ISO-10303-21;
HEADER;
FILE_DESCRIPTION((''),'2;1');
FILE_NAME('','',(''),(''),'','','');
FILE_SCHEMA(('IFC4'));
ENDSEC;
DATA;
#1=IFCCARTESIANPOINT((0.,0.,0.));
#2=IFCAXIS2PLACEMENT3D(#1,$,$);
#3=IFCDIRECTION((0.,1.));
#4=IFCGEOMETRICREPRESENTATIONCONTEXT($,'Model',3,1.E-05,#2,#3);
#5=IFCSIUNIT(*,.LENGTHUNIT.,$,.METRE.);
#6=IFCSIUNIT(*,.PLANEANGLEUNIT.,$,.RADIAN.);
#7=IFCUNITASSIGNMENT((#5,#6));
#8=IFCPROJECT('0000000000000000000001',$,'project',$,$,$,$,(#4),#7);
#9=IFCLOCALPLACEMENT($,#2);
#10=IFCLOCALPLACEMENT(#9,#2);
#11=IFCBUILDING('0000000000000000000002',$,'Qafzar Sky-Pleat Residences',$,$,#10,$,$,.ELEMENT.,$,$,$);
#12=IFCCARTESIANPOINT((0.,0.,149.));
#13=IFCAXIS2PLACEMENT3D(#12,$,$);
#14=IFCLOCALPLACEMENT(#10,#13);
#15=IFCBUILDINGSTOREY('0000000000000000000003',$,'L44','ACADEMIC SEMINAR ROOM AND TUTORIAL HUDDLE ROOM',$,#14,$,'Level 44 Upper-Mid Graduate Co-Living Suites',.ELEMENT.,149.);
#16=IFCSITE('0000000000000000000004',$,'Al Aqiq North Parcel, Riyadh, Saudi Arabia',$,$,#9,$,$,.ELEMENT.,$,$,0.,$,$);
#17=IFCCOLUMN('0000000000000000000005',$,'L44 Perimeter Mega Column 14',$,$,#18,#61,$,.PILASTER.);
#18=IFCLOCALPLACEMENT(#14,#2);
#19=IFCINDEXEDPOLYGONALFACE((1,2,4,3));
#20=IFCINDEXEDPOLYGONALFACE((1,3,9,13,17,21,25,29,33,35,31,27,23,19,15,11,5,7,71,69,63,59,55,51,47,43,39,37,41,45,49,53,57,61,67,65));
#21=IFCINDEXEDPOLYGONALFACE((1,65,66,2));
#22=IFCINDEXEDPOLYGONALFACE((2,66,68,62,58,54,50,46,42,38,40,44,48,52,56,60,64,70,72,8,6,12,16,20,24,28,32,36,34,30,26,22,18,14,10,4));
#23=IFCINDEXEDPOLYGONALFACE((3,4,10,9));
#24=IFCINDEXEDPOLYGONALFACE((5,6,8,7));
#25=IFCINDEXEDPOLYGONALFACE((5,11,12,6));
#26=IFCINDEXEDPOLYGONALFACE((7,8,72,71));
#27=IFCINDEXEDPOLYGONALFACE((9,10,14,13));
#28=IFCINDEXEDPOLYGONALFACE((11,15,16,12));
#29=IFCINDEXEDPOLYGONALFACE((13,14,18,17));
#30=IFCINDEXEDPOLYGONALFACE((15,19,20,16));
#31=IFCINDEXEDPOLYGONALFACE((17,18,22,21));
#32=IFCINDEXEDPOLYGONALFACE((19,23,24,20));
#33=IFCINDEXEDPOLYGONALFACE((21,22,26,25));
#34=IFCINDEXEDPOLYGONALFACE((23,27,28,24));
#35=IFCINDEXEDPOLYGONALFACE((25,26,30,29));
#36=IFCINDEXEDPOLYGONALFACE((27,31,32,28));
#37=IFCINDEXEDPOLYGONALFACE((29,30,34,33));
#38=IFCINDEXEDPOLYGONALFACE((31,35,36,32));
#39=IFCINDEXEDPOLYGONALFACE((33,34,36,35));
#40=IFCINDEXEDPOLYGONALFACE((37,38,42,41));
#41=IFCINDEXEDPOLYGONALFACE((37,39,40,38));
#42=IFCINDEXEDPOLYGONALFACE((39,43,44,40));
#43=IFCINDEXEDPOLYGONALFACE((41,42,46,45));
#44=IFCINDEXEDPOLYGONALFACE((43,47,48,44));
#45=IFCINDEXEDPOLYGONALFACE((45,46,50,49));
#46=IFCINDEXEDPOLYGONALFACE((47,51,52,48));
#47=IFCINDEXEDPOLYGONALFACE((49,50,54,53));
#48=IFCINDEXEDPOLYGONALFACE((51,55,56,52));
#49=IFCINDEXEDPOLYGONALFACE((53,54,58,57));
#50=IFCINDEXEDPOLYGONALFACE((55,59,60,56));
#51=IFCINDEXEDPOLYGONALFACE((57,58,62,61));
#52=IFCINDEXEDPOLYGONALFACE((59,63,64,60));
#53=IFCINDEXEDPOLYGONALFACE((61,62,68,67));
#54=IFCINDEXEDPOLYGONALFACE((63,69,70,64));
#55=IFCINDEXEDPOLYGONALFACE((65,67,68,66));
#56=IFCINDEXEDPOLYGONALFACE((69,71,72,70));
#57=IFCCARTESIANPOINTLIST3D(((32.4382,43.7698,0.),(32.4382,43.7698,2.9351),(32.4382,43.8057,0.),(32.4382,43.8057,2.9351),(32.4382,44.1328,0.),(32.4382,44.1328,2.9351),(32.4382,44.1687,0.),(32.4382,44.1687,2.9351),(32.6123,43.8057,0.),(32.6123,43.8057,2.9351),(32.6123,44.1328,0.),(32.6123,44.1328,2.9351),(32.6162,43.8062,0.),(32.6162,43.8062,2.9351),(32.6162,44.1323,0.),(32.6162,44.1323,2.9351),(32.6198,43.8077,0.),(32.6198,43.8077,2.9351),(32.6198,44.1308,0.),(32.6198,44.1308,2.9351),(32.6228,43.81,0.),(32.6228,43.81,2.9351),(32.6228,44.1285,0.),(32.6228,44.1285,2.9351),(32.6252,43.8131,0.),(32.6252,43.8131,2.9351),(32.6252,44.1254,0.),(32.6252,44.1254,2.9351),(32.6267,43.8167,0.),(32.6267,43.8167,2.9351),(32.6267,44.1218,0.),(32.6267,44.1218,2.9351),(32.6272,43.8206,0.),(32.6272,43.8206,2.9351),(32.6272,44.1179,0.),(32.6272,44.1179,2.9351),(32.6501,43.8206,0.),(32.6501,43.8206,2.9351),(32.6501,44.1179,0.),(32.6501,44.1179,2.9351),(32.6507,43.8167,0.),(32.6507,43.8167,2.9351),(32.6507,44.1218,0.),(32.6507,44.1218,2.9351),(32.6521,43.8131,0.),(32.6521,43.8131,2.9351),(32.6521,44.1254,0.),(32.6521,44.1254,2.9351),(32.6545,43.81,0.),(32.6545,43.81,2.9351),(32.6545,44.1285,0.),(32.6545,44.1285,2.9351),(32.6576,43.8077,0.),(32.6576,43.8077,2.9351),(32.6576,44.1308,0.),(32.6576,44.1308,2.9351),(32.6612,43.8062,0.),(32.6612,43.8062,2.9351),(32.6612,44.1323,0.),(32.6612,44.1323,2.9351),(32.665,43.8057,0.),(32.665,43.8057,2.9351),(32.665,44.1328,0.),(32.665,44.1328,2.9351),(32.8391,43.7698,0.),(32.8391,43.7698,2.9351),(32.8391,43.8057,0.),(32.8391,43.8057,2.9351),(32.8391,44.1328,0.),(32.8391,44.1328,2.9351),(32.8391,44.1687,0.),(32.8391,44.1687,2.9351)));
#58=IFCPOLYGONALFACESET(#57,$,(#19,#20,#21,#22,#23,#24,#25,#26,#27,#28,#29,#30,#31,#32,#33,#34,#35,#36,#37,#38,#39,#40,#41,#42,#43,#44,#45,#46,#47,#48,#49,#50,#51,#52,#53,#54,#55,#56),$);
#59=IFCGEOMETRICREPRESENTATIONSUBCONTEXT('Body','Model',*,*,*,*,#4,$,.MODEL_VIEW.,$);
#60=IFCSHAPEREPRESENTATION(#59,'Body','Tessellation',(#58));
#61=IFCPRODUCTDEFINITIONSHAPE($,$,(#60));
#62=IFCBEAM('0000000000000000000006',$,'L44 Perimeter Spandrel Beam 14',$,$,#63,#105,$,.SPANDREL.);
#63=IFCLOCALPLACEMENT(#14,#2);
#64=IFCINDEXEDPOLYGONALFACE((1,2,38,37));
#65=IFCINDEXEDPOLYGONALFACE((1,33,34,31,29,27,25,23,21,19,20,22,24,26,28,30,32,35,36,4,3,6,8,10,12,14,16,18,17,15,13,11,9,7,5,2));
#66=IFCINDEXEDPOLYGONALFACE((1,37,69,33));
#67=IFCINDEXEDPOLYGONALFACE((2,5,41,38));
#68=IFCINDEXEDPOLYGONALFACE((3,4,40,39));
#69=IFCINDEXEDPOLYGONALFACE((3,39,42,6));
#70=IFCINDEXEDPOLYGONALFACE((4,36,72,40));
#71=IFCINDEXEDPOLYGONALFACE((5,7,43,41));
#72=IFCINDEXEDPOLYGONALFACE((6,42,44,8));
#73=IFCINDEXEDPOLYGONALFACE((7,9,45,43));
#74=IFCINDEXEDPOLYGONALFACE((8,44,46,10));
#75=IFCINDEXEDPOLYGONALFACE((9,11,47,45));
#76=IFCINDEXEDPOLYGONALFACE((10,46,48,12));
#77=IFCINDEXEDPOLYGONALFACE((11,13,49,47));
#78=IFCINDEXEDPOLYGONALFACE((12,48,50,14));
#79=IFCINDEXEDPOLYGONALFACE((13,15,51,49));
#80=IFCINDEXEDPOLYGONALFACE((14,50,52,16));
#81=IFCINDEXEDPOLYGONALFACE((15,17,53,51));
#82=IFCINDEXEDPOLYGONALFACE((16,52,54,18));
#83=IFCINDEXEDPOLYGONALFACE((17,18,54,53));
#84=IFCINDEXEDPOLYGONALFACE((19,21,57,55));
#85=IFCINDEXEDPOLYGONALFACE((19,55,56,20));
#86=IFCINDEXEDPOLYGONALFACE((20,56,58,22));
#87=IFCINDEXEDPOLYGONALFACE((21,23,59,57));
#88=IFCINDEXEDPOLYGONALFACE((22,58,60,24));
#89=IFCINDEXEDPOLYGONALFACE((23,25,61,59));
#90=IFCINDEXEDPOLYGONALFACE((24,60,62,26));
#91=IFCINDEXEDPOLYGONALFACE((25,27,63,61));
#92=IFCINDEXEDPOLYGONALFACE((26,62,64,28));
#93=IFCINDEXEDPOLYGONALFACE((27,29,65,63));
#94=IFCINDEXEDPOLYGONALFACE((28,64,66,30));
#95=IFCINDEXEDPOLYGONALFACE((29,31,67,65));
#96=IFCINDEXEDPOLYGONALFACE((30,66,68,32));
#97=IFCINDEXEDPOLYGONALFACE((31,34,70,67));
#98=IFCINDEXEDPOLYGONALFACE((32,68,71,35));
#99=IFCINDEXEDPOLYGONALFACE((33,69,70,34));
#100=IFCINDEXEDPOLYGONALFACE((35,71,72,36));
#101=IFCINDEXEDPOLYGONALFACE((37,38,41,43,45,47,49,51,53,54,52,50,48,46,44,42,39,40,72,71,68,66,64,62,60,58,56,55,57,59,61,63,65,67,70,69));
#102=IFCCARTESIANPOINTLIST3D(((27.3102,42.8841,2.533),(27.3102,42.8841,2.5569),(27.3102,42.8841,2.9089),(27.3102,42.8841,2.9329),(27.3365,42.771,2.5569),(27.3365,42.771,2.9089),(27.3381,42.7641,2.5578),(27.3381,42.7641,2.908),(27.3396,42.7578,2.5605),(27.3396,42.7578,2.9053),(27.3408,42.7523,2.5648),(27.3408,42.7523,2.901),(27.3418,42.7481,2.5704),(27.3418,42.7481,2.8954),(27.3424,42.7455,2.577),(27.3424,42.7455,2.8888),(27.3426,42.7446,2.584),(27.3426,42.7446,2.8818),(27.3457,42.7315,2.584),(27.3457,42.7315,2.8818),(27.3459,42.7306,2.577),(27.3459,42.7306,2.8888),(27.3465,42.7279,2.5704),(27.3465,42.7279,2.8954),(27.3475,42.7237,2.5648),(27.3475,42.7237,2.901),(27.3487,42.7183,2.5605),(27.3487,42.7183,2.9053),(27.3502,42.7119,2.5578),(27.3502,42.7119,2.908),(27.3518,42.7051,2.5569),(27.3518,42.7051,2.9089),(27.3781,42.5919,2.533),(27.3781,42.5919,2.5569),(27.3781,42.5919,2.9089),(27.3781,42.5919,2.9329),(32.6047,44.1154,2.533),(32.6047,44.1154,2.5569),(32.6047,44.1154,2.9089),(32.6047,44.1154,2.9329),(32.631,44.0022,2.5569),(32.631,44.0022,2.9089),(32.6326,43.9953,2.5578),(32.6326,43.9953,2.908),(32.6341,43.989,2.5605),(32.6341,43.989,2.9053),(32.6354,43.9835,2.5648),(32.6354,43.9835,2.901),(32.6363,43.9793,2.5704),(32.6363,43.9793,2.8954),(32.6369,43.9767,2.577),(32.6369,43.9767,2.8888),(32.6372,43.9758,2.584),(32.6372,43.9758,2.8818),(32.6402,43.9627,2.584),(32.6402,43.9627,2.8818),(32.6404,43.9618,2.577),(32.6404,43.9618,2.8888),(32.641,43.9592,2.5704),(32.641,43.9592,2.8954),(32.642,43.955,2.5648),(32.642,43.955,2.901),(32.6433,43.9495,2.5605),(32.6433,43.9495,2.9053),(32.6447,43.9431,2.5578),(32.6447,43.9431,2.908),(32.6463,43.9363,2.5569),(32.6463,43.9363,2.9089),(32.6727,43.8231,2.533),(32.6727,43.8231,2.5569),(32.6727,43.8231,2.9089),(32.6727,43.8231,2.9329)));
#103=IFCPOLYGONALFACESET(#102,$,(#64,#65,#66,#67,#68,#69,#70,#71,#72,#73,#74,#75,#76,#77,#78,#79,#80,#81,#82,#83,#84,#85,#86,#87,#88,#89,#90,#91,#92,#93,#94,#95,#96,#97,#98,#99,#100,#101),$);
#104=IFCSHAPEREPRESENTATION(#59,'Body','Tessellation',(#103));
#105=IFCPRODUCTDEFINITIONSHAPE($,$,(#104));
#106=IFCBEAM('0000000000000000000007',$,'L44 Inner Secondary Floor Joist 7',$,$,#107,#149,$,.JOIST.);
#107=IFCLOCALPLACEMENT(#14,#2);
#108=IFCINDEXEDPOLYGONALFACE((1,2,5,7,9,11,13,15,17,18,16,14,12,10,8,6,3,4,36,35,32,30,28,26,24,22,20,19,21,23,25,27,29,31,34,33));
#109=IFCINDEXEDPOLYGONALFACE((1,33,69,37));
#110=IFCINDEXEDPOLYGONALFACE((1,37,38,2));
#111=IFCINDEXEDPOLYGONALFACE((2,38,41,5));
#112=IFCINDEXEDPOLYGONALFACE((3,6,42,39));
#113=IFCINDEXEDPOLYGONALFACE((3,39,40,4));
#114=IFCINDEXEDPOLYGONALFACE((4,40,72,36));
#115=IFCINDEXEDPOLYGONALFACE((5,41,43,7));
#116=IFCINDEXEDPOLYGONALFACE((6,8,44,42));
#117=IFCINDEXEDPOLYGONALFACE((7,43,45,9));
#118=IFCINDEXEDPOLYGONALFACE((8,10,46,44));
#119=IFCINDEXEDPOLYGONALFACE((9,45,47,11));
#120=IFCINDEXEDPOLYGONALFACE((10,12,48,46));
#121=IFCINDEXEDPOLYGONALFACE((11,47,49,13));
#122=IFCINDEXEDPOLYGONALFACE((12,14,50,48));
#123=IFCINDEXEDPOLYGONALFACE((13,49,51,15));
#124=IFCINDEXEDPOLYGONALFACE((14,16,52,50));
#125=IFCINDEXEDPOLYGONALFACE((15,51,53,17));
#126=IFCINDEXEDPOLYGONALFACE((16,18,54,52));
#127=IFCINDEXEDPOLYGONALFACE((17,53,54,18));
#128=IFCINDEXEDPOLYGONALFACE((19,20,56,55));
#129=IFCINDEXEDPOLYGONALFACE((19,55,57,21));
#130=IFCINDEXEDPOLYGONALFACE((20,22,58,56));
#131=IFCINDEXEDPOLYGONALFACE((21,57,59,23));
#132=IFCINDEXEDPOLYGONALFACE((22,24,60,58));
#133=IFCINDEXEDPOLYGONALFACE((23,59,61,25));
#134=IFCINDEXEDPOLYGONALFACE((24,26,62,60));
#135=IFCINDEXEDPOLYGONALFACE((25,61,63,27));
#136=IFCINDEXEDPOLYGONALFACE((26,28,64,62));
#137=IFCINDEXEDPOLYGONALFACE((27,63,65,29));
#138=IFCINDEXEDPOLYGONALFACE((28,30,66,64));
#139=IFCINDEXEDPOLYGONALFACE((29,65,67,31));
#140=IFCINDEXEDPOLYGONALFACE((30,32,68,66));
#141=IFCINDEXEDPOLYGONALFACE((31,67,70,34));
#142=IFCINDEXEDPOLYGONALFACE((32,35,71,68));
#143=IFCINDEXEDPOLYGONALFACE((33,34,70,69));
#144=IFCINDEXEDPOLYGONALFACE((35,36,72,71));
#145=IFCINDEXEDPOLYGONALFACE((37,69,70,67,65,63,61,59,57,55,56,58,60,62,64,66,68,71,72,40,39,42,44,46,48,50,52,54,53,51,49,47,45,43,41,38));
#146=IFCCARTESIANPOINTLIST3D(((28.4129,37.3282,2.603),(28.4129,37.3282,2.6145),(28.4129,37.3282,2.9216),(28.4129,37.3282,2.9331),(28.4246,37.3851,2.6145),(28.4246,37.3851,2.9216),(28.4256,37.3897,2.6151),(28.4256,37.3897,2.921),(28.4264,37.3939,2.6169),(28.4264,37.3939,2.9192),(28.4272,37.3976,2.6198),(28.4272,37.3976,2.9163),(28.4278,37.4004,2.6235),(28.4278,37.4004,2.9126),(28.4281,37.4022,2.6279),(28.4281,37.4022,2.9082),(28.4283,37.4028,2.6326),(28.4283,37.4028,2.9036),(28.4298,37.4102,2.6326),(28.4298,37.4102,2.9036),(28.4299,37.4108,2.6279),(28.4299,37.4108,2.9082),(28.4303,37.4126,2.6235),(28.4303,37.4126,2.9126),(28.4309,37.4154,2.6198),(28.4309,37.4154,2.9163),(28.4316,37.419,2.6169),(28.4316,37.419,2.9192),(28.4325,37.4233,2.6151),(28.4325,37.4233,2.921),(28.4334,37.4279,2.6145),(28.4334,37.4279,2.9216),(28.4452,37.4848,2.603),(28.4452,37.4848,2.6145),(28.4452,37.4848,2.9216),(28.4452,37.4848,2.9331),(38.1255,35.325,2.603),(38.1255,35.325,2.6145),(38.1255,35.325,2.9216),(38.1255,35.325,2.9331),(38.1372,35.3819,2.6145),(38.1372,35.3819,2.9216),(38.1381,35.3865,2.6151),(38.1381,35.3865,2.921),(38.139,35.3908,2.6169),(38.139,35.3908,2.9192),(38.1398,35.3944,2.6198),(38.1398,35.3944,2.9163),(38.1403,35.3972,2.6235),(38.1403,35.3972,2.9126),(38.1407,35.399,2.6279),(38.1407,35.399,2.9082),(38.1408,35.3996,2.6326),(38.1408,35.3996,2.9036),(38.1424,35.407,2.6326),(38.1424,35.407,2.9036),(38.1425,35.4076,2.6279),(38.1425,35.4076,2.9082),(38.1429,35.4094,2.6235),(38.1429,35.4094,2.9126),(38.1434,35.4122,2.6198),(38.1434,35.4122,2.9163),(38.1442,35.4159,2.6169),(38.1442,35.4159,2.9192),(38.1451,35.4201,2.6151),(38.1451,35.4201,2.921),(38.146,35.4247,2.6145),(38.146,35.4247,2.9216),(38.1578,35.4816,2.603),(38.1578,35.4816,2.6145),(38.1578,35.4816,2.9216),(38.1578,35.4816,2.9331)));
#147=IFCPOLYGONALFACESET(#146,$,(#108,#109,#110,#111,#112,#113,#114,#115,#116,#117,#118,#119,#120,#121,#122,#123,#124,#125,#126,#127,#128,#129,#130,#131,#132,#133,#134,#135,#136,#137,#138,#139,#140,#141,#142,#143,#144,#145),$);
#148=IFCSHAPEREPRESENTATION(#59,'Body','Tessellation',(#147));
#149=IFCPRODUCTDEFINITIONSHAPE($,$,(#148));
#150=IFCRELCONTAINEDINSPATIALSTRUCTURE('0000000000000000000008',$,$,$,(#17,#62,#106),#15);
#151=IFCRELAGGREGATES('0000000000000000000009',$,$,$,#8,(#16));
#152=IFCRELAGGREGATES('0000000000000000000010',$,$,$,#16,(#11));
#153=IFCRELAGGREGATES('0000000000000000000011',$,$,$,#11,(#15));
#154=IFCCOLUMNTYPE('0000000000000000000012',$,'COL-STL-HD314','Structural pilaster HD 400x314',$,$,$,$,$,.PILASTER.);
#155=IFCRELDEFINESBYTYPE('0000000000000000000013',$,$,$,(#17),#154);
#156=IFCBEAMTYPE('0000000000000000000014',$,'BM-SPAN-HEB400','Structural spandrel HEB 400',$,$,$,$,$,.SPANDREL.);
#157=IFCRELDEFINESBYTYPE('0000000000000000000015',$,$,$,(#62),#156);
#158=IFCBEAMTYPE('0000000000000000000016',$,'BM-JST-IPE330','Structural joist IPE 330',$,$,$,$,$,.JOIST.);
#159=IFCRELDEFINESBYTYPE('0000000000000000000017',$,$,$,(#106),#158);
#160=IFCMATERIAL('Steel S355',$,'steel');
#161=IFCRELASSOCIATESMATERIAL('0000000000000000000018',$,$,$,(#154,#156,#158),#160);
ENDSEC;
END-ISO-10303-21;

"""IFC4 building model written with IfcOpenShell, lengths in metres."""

from ifc_helpers import new_model, si_unit, direction, frame, origin, origin_2d, place, context, subcontext, project, spatial, i_section, extrude, source, transform, mapped, material, material_profile, profile_set, type_object, element, save


model = new_model("IFC4")

# Units and contexts
model_context = context("Model", 3, precision=1e-05, world=origin(), true_north=direction((0.0, 1.0)))
body_context = subcontext(model_context, "Body", "Model", "MODEL_VIEW")
ifc_project = project(units=[si_unit("LENGTHUNIT", "METRE"), si_unit("PLANEANGLEUNIT", "RADIAN")], contexts=[model_context])

# Site, building, storey
site_placement = place(None, origin())
site = spatial("IfcSite", under=ifc_project, at=site_placement, Name="Al Aqiq North Parcel, Riyadh, Saudi Arabia", CompositionType="ELEMENT", RefElevation=0.0)
building_placement = place(site_placement, origin())
building = spatial("IfcBuilding", under=site, at=building_placement, Name="Qafzar Sky-Pleat Residences", CompositionType="ELEMENT")
storey_placement = place(building_placement, frame((0.0, 0.0, 149.0)))
storey = spatial("IfcBuildingStorey", under=building, at=storey_placement, Name="L44", Description="ACADEMIC SEMINAR ROOM AND TUTORIAL HUDDLE ROOM", LongName="Level 44 Upper-Mid Graduate Co-Living Suites", CompositionType="ELEMENT", Elevation=149.0)

# Column
ifc_material_1 = material(Name="Steel S355", Category="steel")
ifc_material_profile_1 = material_profile(ifc_material_1, i_section(OverallWidth=0.4009, OverallDepth=0.3989, WebThickness=0.0229, FlangeThickness=0.0359, FilletRadius=0.0149, at=origin_2d()), Name="HD 400x314")
ifc_profile_set_1 = profile_set([ifc_material_profile_1], Name="Steel S355")
column_type = type_object("IfcColumnType", Name="COL-STL-HD314", Description="Structural pilaster HD 400x314", PredefinedType="PILASTER", material=ifc_profile_set_1)
shared_shape_1 = source(origin(), body_context, "Body", "SweptSolid", [
    extrude(i_section(OverallWidth=0.4009, OverallDepth=0.3989, WebThickness=0.0229, FlangeThickness=0.0359, FilletRadius=0.0149, at=origin_2d()), origin(), (0.0, 0.0, 1.0), 2.9351),
])
column_placement = place(storey_placement, frame((32.6387, 43.9692, 0.0), z_axis=(0.0, 0.0, 1.0), x_axis=(1.0, 0.0, 0.0)))
element("IfcColumn", 1, at=column_placement, inside=storey, type_object=column_type, Name="L44 Perimeter Mega Column 14", PredefinedType="PILASTER", context=body_context, shape_type="MappedRepresentation", body=[
    mapped(shared_shape_1, transform((0.0, 0.0, 0.0), x_axis=(1.0, 0.0, 0.0), y_axis=(0.0, 1.0, 0.0), z_axis=(0.0, 0.0, 1.0), scale=1.0)),
])

# Beams
ifc_material_profile_2 = material_profile(ifc_material_1, i_section(OverallWidth=0.3, OverallDepth=0.3999, WebThickness=0.0134, FlangeThickness=0.0239, FilletRadius=0.0271, at=origin_2d()), Name="HEB 400")
ifc_profile_set_2 = profile_set([ifc_material_profile_2], Name="Steel S355")
beam_type_1 = type_object("IfcBeamType", Name="BM-SPAN-HEB400", Description="Structural spandrel HEB 400", PredefinedType="SPANDREL", material=ifc_profile_set_2)
shared_shape_2 = source(origin(), body_context, "Body", "SweptSolid", [
    extrude(i_section(OverallWidth=0.3, OverallDepth=0.3999, WebThickness=0.0134, FlangeThickness=0.0239, FilletRadius=0.0271, at=origin_2d()), origin(), (0.0, 0.0, 1.0), 5.4358),
])
beam_1_placement = place(storey_placement, frame((32.6387, 43.9692, 2.7329), z_axis=(-0.974011, -0.226503, 0.0), x_axis=(0.226503, -0.974011, 0.0)))
element("IfcBeam", 2, at=beam_1_placement, inside=storey, type_object=beam_type_1, Name="L44 Perimeter Spandrel Beam 14", PredefinedType="SPANDREL", context=body_context, shape_type="MappedRepresentation", body=[
    mapped(shared_shape_2, transform((0.0, 0.0, 0.0), x_axis=(1.0, 0.0, 0.0), y_axis=(0.0, 1.0, 0.0), z_axis=(0.0, 0.0, 1.0), scale=1.0)),
])
ifc_material_profile_3 = material_profile(ifc_material_1, i_section(OverallWidth=0.1599, OverallDepth=0.3301, WebThickness=0.0076, FlangeThickness=0.0115, FilletRadius=0.0181, at=origin_2d()), Name="IPE 330")
ifc_profile_set_3 = profile_set([ifc_material_profile_3], Name="Steel S355")
beam_type_2 = type_object("IfcBeamType", Name="BM-JST-IPE330", Description="Structural joist IPE 330", PredefinedType="JOIST", material=ifc_profile_set_3)
shared_shape_3 = source(origin(), body_context, "Body", "SweptSolid", [
    extrude(i_section(OverallWidth=0.1599, OverallDepth=0.3301, WebThickness=0.0076, FlangeThickness=0.0115, FilletRadius=0.0181, at=origin_2d()), origin(), (0.0, 0.0, 1.0), 9.917),
])
beam_2_placement = place(storey_placement, frame((38.1416, 35.4033, 2.7681), z_axis=(-0.979387, 0.201993, 0.0), x_axis=(-0.201993, -0.979387, 0.0)))
element("IfcBeam", 3, at=beam_2_placement, inside=storey, type_object=beam_type_2, Name="L44 Inner Secondary Floor Joist 7", PredefinedType="JOIST", context=body_context, shape_type="MappedRepresentation", body=[
    mapped(shared_shape_3, transform((0.0, 0.0, 0.0), x_axis=(1.0, 0.0, 0.0), y_axis=(0.0, 1.0, 0.0), z_axis=(0.0, 0.0, 1.0), scale=1.0)),
])

save(model, "model.ifc")
